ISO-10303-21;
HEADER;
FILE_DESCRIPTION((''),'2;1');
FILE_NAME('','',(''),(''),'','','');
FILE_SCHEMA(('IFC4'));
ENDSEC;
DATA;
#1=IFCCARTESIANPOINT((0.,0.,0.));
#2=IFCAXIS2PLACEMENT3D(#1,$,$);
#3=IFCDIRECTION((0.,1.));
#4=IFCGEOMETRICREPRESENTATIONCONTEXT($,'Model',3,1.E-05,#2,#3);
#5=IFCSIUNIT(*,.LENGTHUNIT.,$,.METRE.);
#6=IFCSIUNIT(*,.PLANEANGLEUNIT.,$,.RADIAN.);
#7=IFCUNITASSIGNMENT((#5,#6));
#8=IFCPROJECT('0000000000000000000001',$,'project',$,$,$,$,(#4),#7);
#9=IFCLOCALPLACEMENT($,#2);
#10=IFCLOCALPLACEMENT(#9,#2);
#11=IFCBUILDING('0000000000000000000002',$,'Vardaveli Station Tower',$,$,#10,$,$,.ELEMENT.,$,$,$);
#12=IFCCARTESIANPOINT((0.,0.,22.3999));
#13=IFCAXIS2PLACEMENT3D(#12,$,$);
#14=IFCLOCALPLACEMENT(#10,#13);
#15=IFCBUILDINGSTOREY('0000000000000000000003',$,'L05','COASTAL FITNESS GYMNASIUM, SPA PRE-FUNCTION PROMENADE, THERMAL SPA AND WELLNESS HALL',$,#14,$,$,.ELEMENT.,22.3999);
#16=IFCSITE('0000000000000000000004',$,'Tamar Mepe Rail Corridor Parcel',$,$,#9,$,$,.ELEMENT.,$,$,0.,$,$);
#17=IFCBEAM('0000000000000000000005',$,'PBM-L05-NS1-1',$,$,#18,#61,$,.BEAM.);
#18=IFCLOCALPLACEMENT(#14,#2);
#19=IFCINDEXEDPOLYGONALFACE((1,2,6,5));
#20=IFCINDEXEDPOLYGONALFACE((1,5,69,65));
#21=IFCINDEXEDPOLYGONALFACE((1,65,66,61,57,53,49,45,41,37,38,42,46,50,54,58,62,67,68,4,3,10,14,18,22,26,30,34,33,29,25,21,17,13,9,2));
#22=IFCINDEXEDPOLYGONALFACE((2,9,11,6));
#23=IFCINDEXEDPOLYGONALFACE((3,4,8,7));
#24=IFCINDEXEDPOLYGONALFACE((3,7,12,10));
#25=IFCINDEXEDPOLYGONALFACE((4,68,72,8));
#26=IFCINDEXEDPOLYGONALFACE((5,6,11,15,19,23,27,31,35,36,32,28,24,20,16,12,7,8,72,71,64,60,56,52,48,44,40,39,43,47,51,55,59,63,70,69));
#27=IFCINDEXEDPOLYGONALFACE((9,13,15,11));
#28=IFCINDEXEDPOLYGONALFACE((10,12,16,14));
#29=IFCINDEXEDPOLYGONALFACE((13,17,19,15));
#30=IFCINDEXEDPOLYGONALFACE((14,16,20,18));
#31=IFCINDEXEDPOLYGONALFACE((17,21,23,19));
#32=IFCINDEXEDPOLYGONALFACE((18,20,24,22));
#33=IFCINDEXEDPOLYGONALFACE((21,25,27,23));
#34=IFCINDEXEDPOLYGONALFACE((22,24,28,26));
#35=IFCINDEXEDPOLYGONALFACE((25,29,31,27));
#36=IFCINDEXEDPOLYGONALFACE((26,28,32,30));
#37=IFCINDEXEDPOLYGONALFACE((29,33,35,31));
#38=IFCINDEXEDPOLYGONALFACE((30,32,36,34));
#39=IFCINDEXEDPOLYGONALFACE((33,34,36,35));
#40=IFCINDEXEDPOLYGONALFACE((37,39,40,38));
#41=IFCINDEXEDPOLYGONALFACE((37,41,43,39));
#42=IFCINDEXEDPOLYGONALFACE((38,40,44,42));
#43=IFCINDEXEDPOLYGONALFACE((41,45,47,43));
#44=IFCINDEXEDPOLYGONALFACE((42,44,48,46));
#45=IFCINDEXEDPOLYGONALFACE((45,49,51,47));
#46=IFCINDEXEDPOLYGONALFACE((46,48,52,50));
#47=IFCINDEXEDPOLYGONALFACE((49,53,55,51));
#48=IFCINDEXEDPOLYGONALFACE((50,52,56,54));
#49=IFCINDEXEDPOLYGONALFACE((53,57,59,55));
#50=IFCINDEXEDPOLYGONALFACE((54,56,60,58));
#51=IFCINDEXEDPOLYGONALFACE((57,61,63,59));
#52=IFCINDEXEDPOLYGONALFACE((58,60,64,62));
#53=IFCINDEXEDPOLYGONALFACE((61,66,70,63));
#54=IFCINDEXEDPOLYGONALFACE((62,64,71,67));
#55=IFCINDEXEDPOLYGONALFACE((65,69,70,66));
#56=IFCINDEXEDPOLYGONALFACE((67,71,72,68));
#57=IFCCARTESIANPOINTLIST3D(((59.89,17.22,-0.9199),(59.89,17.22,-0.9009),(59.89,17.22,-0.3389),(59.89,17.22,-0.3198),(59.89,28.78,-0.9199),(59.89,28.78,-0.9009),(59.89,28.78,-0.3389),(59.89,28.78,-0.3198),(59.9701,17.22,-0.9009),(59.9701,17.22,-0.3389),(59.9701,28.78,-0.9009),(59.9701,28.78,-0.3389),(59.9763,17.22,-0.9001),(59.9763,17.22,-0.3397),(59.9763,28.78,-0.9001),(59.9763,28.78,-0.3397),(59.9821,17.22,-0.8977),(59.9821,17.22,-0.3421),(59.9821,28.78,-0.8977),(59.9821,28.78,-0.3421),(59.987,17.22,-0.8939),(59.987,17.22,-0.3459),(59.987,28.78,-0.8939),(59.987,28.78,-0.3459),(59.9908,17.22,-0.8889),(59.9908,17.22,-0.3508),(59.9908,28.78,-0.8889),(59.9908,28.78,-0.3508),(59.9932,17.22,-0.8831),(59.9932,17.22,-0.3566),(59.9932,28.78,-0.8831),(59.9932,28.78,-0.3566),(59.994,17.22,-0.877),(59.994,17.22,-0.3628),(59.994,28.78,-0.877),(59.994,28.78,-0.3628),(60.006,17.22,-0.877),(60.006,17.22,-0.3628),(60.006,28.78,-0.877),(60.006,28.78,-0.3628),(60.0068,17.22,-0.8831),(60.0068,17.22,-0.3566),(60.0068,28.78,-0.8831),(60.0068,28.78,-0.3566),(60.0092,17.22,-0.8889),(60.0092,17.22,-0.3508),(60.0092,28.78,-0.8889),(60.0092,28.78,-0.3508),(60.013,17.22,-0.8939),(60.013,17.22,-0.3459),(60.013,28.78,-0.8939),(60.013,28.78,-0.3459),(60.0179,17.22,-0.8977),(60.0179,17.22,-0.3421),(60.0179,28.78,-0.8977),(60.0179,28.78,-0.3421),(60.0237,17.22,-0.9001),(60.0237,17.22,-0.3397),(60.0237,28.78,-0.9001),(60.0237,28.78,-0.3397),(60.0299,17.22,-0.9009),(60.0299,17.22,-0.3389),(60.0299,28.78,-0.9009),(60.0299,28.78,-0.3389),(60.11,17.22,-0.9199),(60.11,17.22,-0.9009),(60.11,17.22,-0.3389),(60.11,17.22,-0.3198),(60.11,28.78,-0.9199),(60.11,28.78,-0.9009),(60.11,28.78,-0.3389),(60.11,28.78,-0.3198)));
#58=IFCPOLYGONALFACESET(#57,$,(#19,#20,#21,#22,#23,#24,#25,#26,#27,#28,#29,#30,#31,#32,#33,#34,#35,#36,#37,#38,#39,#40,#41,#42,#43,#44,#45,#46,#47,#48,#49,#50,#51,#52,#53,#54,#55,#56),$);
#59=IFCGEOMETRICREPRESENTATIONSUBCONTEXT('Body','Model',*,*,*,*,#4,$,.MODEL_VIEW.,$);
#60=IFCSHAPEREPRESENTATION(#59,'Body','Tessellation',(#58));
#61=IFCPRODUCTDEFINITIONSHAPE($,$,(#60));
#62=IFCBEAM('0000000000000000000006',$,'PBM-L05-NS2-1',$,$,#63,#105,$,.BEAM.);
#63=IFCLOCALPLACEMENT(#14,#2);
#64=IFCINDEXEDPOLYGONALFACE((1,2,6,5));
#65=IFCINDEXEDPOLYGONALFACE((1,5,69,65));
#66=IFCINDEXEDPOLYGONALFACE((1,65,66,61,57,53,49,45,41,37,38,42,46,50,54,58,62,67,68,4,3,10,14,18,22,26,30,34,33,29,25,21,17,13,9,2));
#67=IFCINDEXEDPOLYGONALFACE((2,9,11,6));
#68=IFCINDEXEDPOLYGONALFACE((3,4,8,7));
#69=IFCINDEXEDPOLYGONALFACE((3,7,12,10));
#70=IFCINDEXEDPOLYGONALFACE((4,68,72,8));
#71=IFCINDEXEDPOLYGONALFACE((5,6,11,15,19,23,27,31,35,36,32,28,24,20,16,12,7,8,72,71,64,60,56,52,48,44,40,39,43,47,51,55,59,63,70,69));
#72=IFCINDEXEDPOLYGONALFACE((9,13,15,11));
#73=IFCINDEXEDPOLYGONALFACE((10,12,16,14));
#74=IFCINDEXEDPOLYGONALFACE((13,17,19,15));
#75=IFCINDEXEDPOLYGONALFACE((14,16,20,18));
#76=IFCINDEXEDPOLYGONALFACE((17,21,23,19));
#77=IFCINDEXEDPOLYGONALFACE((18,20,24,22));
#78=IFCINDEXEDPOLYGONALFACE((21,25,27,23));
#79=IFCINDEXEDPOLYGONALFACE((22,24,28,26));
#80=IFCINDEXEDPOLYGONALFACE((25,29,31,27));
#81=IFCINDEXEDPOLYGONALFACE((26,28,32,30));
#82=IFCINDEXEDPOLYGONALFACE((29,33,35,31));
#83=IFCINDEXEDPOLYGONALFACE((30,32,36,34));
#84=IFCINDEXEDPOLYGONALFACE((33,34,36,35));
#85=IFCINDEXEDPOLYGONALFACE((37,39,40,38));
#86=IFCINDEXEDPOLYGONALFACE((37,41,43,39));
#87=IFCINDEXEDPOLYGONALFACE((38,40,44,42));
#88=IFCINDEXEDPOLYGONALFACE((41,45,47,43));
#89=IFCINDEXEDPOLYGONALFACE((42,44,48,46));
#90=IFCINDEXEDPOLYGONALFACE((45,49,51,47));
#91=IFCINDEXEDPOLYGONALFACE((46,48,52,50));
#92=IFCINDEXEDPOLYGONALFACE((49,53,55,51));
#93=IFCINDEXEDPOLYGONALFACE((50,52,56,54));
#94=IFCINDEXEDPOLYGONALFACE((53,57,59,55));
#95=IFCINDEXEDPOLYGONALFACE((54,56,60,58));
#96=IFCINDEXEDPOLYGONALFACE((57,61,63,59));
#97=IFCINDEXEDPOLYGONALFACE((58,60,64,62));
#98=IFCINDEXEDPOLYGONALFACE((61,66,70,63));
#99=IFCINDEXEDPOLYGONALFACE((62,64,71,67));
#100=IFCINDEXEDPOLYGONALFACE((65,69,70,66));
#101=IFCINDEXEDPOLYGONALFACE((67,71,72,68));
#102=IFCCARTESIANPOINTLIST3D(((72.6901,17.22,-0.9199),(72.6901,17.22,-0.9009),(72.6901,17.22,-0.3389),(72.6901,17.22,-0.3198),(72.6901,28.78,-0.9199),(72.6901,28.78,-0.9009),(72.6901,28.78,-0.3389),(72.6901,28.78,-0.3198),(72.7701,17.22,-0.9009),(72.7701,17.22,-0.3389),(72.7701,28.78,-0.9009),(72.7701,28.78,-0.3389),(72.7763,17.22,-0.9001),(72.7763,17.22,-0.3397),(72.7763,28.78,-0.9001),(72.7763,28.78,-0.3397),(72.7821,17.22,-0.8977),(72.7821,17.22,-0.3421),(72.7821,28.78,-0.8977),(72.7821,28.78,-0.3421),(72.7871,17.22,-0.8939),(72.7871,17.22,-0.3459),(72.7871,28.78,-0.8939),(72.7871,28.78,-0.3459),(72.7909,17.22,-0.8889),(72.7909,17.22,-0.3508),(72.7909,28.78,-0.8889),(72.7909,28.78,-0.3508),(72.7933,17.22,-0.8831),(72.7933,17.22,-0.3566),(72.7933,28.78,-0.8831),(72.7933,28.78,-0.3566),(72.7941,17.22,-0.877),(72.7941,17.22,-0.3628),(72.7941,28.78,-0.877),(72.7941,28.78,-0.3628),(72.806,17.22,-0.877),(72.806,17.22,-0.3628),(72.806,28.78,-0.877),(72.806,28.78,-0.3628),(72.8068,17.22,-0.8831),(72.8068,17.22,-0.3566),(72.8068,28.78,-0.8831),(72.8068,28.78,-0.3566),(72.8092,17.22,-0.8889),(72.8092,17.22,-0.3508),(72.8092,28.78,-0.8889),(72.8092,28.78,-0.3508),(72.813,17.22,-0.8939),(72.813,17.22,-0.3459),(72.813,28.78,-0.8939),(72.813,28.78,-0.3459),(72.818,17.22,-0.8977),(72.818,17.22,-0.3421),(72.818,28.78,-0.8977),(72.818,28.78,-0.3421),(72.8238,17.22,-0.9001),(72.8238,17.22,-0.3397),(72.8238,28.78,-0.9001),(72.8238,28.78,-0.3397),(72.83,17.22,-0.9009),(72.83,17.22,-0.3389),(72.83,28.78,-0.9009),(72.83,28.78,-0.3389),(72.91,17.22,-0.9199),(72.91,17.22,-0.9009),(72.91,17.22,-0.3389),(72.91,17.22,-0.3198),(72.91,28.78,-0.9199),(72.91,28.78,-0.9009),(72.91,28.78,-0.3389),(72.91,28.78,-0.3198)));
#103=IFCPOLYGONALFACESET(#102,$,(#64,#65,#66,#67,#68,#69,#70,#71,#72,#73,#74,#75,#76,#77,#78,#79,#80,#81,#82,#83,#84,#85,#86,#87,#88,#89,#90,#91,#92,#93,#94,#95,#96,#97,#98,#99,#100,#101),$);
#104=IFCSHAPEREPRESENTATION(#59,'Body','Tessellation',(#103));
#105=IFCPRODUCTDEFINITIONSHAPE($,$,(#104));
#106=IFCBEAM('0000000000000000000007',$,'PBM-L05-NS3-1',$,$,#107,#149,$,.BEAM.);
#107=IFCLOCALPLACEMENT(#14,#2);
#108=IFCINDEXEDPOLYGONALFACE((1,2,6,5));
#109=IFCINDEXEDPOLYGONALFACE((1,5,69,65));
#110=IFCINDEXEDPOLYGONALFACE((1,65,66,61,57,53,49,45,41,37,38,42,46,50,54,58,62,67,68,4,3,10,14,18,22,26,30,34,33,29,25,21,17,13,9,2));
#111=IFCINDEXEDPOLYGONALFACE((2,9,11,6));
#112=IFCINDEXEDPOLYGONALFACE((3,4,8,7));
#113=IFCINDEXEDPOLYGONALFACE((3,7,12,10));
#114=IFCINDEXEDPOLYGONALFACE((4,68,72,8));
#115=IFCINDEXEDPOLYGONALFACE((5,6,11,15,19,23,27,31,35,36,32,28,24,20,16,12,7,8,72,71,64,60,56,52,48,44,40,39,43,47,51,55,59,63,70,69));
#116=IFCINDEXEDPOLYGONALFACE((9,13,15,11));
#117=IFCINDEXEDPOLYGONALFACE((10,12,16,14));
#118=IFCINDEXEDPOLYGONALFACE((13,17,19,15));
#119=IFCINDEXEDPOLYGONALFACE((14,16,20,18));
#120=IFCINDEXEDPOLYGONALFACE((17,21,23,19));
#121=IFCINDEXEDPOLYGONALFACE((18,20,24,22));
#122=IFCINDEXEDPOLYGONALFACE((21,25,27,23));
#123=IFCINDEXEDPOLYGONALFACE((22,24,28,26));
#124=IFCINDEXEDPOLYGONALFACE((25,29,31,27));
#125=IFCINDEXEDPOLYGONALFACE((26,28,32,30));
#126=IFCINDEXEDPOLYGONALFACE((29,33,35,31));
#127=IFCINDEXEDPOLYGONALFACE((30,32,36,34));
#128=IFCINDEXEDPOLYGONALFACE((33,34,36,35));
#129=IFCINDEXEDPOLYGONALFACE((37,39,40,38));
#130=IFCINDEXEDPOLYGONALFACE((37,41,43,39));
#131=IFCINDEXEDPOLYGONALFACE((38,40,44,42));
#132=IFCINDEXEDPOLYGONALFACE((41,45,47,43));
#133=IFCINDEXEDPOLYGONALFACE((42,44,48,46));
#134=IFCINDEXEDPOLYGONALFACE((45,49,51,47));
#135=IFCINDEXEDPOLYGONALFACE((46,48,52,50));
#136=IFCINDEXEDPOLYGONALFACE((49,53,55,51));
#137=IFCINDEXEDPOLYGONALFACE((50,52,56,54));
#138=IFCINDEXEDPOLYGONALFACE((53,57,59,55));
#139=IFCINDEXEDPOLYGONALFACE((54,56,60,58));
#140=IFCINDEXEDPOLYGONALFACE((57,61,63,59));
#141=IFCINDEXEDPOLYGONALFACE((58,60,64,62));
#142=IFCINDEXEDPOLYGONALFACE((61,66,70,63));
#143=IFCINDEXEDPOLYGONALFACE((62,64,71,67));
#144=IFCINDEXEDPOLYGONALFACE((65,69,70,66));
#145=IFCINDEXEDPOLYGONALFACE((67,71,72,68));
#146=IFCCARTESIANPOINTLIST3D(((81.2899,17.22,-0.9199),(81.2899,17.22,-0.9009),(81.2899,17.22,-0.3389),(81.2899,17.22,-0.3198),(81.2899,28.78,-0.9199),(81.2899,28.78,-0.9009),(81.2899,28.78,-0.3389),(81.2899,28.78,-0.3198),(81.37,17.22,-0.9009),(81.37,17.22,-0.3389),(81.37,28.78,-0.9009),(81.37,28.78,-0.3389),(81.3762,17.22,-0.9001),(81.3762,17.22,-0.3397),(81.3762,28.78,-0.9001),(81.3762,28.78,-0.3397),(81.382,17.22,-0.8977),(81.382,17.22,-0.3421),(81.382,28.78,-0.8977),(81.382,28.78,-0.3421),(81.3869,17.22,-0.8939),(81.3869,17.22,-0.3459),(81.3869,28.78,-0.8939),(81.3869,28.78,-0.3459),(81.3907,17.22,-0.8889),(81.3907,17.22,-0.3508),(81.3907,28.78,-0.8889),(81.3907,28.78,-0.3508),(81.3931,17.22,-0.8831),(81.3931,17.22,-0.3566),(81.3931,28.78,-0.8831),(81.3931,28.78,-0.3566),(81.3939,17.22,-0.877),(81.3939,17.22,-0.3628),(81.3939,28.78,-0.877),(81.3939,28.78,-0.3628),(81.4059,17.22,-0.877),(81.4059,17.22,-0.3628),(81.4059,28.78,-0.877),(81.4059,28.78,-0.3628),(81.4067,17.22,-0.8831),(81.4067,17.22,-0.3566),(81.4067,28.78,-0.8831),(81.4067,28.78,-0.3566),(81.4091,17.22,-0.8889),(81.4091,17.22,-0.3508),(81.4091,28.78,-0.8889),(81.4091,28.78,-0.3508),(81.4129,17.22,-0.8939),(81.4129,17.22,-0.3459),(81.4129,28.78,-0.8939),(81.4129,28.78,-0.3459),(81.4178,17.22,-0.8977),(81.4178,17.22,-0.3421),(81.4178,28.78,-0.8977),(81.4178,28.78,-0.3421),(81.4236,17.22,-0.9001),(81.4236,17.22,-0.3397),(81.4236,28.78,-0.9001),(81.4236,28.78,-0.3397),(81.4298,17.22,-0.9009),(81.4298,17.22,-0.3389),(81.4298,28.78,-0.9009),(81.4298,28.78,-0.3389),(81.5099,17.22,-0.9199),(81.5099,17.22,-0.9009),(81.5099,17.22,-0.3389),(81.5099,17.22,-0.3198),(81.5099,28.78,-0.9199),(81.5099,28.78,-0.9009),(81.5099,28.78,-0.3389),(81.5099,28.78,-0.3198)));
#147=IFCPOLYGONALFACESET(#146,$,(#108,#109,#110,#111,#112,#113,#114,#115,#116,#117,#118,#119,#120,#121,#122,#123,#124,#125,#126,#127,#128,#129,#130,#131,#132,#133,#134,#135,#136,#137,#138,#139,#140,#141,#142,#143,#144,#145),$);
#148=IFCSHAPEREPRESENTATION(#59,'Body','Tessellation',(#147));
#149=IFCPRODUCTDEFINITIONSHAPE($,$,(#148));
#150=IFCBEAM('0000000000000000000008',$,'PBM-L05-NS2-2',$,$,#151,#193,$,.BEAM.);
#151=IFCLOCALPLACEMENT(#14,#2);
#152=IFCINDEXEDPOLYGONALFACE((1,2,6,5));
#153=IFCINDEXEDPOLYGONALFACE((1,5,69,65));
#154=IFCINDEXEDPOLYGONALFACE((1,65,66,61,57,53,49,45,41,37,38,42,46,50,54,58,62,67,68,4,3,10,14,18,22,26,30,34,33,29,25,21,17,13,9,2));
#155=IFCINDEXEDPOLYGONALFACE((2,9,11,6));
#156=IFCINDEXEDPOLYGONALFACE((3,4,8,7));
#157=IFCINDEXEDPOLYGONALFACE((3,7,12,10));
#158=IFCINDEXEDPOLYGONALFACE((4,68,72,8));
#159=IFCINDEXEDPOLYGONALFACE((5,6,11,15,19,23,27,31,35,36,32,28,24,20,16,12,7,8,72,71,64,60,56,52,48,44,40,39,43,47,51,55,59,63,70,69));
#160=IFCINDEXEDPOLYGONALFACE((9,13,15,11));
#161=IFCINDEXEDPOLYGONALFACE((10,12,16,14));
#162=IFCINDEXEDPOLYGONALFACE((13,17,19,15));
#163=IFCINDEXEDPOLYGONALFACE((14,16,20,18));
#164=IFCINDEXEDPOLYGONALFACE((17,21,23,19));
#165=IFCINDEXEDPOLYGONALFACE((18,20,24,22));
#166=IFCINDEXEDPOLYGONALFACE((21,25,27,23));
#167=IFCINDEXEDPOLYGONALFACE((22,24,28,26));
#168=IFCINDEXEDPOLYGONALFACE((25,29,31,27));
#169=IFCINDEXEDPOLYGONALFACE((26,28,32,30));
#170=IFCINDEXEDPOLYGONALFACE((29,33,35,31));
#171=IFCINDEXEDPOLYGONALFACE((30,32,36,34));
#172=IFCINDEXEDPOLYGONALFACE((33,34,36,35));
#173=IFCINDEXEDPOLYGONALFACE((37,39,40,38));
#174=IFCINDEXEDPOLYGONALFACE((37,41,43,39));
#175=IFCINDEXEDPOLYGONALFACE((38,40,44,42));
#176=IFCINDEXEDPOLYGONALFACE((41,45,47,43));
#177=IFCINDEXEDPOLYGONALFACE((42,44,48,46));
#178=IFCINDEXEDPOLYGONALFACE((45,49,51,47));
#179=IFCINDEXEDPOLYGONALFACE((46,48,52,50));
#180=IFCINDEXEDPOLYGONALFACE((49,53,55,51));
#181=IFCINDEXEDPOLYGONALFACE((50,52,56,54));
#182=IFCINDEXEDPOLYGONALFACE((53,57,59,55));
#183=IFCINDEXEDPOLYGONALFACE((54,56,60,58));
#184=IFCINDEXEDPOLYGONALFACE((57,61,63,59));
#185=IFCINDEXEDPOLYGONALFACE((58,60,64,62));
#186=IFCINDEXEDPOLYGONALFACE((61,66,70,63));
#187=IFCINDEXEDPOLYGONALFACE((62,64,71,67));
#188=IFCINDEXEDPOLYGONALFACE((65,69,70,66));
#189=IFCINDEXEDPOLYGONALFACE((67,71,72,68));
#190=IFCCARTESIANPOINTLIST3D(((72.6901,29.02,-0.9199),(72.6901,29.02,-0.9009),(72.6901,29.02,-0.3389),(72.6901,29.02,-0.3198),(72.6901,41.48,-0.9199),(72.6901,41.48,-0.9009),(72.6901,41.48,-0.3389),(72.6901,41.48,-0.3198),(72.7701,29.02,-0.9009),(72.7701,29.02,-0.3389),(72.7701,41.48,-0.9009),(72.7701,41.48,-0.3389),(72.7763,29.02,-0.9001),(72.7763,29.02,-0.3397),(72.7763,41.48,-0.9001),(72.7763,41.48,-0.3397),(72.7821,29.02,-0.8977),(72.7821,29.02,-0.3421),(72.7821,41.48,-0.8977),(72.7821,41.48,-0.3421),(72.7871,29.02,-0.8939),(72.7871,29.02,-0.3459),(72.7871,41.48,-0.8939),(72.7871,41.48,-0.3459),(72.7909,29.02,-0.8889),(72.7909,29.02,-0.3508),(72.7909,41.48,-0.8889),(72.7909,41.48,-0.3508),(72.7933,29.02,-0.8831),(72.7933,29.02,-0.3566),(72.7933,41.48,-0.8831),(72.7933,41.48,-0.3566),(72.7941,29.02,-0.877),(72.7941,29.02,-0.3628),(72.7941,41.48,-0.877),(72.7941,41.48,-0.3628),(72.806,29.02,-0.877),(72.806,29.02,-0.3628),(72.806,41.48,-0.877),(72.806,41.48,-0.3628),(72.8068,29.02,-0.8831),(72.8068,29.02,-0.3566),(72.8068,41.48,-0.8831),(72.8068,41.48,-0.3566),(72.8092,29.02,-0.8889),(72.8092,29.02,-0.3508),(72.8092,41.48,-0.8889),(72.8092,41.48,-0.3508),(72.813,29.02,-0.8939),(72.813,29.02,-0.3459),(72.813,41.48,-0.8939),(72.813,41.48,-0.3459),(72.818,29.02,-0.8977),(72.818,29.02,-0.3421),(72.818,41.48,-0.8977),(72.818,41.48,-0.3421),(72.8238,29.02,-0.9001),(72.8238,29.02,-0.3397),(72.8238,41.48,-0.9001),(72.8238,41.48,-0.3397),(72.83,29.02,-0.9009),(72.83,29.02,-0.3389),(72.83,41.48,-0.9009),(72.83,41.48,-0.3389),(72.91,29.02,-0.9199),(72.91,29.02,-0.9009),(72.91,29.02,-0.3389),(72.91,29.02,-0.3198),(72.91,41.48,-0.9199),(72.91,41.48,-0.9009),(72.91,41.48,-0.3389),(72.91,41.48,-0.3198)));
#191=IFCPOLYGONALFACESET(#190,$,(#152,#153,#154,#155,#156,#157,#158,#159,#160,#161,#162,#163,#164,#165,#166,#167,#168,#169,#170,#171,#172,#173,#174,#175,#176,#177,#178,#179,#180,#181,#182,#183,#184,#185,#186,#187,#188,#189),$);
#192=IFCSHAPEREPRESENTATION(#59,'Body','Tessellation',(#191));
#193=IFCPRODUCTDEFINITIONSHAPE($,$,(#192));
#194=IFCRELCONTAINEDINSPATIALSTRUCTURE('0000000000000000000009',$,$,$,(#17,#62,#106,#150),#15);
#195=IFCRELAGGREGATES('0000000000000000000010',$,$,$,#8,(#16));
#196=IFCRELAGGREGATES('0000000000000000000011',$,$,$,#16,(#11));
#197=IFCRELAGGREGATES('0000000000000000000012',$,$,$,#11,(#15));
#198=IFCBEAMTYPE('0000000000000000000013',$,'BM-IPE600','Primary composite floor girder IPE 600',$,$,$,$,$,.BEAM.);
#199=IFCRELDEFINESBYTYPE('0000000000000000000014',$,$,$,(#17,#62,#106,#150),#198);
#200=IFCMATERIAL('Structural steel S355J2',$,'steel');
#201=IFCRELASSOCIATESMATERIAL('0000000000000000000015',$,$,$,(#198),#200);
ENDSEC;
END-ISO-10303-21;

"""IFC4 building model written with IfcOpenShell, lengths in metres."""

from ifc_helpers import new_model, si_unit, direction, frame, origin, origin_2d, place, context, subcontext, project, spatial, i_section, extrude, source, transform, mapped, material, material_profile, profile_set, type_object, element, save


model = new_model("IFC4")

# Units and contexts
model_context = context("Model", 3, precision=1e-05, world=origin(), true_north=direction((0.0, 1.0)))
body_context = subcontext(model_context, "Body", "Model", "MODEL_VIEW")
ifc_project = project(units=[si_unit("LENGTHUNIT", "METRE"), si_unit("PLANEANGLEUNIT", "RADIAN")], contexts=[model_context])

# Site, building, storey
site_placement = place(None, origin())
site = spatial("IfcSite", under=ifc_project, at=site_placement, Name="Tamar Mepe Rail Corridor Parcel", CompositionType="ELEMENT", RefElevation=0.0)
building_placement = place(site_placement, origin())
building = spatial("IfcBuilding", under=site, at=building_placement, Name="Vardaveli Station Tower", CompositionType="ELEMENT")
storey_placement = place(building_placement, frame((0.0, 0.0, 22.3999)))
storey = spatial("IfcBuildingStorey", under=building, at=storey_placement, Name="L05", Description="COASTAL FITNESS GYMNASIUM, SPA PRE-FUNCTION PROMENADE, THERMAL SPA AND WELLNESS HALL", CompositionType="ELEMENT", Elevation=22.3999)

# Beams
ifc_material_1 = material(Name="Structural steel S355J2", Category="steel")
ifc_material_profile_1 = material_profile(ifc_material_1, i_section(OverallWidth=0.22, OverallDepth=0.6001, WebThickness=0.012, FlangeThickness=0.019, FilletRadius=0.0239, at=origin_2d()), Name="IPE 600")
ifc_profile_set_1 = profile_set([ifc_material_profile_1], Name="Structural steel S355J2")
beam_type_1 = type_object("IfcBeamType", Name="BM-IPE600", Description="Primary composite floor girder IPE 600", PredefinedType="BEAM", material=ifc_profile_set_1)
shared_shape_1 = source(origin(), body_context, "Body", "SweptSolid", [
    extrude(i_section(OverallWidth=0.22, OverallDepth=0.6001, WebThickness=0.012, FlangeThickness=0.019, FilletRadius=0.0239, at=origin_2d()), origin(), (0.0, 0.0, 1.0), 11.5601),
])
for number, where, z_axis, x_axis, name in (
    (1, (60.0, 17.22, -0.6199), (0.0, 1.0, 0.0), (-1.0, 0.0, 0.0), "PBM-L05-NS1-1"),
    (2, (72.8, 17.22, -0.6199), (0.0, 1.0, 0.0), (-1.0, 0.0, 0.0), "PBM-L05-NS2-1"),
    (3, (81.3999, 17.22, -0.6199), (0.0, 1.0, 0.0), (-1.0, 0.0, 0.0), "PBM-L05-NS3-1"),
):
    element("IfcBeam", number, at=place(storey_placement, frame(where, z_axis=z_axis, x_axis=x_axis)), inside=storey, type_object=beam_type_1, Name=name, PredefinedType="BEAM", context=body_context, shape_type="MappedRepresentation", body=[
        mapped(shared_shape_1, transform((0.0, 0.0, 0.0), scale=1.0)),
    ])
shared_shape_2 = source(origin(), body_context, "Body", "SweptSolid", [
    extrude(i_section(OverallWidth=0.22, OverallDepth=0.6001, WebThickness=0.012, FlangeThickness=0.019, FilletRadius=0.0239, at=origin_2d()), origin(), (0.0, 0.0, 1.0), 12.46),
])
for number, where, z_axis, x_axis, name in (
    (4, (72.8, 29.02, -0.6199), (0.0, 1.0, 0.0), (-1.0, 0.0, 0.0), "PBM-L05-NS2-2"),
):
    element("IfcBeam", number, at=place(storey_placement, frame(where, z_axis=z_axis, x_axis=x_axis)), inside=storey, type_object=beam_type_1, Name=name, PredefinedType="BEAM", context=body_context, shape_type="MappedRepresentation", body=[
        mapped(shared_shape_2, transform((0.0, 0.0, 0.0), scale=1.0)),
    ])

save(model, "model.ifc")
